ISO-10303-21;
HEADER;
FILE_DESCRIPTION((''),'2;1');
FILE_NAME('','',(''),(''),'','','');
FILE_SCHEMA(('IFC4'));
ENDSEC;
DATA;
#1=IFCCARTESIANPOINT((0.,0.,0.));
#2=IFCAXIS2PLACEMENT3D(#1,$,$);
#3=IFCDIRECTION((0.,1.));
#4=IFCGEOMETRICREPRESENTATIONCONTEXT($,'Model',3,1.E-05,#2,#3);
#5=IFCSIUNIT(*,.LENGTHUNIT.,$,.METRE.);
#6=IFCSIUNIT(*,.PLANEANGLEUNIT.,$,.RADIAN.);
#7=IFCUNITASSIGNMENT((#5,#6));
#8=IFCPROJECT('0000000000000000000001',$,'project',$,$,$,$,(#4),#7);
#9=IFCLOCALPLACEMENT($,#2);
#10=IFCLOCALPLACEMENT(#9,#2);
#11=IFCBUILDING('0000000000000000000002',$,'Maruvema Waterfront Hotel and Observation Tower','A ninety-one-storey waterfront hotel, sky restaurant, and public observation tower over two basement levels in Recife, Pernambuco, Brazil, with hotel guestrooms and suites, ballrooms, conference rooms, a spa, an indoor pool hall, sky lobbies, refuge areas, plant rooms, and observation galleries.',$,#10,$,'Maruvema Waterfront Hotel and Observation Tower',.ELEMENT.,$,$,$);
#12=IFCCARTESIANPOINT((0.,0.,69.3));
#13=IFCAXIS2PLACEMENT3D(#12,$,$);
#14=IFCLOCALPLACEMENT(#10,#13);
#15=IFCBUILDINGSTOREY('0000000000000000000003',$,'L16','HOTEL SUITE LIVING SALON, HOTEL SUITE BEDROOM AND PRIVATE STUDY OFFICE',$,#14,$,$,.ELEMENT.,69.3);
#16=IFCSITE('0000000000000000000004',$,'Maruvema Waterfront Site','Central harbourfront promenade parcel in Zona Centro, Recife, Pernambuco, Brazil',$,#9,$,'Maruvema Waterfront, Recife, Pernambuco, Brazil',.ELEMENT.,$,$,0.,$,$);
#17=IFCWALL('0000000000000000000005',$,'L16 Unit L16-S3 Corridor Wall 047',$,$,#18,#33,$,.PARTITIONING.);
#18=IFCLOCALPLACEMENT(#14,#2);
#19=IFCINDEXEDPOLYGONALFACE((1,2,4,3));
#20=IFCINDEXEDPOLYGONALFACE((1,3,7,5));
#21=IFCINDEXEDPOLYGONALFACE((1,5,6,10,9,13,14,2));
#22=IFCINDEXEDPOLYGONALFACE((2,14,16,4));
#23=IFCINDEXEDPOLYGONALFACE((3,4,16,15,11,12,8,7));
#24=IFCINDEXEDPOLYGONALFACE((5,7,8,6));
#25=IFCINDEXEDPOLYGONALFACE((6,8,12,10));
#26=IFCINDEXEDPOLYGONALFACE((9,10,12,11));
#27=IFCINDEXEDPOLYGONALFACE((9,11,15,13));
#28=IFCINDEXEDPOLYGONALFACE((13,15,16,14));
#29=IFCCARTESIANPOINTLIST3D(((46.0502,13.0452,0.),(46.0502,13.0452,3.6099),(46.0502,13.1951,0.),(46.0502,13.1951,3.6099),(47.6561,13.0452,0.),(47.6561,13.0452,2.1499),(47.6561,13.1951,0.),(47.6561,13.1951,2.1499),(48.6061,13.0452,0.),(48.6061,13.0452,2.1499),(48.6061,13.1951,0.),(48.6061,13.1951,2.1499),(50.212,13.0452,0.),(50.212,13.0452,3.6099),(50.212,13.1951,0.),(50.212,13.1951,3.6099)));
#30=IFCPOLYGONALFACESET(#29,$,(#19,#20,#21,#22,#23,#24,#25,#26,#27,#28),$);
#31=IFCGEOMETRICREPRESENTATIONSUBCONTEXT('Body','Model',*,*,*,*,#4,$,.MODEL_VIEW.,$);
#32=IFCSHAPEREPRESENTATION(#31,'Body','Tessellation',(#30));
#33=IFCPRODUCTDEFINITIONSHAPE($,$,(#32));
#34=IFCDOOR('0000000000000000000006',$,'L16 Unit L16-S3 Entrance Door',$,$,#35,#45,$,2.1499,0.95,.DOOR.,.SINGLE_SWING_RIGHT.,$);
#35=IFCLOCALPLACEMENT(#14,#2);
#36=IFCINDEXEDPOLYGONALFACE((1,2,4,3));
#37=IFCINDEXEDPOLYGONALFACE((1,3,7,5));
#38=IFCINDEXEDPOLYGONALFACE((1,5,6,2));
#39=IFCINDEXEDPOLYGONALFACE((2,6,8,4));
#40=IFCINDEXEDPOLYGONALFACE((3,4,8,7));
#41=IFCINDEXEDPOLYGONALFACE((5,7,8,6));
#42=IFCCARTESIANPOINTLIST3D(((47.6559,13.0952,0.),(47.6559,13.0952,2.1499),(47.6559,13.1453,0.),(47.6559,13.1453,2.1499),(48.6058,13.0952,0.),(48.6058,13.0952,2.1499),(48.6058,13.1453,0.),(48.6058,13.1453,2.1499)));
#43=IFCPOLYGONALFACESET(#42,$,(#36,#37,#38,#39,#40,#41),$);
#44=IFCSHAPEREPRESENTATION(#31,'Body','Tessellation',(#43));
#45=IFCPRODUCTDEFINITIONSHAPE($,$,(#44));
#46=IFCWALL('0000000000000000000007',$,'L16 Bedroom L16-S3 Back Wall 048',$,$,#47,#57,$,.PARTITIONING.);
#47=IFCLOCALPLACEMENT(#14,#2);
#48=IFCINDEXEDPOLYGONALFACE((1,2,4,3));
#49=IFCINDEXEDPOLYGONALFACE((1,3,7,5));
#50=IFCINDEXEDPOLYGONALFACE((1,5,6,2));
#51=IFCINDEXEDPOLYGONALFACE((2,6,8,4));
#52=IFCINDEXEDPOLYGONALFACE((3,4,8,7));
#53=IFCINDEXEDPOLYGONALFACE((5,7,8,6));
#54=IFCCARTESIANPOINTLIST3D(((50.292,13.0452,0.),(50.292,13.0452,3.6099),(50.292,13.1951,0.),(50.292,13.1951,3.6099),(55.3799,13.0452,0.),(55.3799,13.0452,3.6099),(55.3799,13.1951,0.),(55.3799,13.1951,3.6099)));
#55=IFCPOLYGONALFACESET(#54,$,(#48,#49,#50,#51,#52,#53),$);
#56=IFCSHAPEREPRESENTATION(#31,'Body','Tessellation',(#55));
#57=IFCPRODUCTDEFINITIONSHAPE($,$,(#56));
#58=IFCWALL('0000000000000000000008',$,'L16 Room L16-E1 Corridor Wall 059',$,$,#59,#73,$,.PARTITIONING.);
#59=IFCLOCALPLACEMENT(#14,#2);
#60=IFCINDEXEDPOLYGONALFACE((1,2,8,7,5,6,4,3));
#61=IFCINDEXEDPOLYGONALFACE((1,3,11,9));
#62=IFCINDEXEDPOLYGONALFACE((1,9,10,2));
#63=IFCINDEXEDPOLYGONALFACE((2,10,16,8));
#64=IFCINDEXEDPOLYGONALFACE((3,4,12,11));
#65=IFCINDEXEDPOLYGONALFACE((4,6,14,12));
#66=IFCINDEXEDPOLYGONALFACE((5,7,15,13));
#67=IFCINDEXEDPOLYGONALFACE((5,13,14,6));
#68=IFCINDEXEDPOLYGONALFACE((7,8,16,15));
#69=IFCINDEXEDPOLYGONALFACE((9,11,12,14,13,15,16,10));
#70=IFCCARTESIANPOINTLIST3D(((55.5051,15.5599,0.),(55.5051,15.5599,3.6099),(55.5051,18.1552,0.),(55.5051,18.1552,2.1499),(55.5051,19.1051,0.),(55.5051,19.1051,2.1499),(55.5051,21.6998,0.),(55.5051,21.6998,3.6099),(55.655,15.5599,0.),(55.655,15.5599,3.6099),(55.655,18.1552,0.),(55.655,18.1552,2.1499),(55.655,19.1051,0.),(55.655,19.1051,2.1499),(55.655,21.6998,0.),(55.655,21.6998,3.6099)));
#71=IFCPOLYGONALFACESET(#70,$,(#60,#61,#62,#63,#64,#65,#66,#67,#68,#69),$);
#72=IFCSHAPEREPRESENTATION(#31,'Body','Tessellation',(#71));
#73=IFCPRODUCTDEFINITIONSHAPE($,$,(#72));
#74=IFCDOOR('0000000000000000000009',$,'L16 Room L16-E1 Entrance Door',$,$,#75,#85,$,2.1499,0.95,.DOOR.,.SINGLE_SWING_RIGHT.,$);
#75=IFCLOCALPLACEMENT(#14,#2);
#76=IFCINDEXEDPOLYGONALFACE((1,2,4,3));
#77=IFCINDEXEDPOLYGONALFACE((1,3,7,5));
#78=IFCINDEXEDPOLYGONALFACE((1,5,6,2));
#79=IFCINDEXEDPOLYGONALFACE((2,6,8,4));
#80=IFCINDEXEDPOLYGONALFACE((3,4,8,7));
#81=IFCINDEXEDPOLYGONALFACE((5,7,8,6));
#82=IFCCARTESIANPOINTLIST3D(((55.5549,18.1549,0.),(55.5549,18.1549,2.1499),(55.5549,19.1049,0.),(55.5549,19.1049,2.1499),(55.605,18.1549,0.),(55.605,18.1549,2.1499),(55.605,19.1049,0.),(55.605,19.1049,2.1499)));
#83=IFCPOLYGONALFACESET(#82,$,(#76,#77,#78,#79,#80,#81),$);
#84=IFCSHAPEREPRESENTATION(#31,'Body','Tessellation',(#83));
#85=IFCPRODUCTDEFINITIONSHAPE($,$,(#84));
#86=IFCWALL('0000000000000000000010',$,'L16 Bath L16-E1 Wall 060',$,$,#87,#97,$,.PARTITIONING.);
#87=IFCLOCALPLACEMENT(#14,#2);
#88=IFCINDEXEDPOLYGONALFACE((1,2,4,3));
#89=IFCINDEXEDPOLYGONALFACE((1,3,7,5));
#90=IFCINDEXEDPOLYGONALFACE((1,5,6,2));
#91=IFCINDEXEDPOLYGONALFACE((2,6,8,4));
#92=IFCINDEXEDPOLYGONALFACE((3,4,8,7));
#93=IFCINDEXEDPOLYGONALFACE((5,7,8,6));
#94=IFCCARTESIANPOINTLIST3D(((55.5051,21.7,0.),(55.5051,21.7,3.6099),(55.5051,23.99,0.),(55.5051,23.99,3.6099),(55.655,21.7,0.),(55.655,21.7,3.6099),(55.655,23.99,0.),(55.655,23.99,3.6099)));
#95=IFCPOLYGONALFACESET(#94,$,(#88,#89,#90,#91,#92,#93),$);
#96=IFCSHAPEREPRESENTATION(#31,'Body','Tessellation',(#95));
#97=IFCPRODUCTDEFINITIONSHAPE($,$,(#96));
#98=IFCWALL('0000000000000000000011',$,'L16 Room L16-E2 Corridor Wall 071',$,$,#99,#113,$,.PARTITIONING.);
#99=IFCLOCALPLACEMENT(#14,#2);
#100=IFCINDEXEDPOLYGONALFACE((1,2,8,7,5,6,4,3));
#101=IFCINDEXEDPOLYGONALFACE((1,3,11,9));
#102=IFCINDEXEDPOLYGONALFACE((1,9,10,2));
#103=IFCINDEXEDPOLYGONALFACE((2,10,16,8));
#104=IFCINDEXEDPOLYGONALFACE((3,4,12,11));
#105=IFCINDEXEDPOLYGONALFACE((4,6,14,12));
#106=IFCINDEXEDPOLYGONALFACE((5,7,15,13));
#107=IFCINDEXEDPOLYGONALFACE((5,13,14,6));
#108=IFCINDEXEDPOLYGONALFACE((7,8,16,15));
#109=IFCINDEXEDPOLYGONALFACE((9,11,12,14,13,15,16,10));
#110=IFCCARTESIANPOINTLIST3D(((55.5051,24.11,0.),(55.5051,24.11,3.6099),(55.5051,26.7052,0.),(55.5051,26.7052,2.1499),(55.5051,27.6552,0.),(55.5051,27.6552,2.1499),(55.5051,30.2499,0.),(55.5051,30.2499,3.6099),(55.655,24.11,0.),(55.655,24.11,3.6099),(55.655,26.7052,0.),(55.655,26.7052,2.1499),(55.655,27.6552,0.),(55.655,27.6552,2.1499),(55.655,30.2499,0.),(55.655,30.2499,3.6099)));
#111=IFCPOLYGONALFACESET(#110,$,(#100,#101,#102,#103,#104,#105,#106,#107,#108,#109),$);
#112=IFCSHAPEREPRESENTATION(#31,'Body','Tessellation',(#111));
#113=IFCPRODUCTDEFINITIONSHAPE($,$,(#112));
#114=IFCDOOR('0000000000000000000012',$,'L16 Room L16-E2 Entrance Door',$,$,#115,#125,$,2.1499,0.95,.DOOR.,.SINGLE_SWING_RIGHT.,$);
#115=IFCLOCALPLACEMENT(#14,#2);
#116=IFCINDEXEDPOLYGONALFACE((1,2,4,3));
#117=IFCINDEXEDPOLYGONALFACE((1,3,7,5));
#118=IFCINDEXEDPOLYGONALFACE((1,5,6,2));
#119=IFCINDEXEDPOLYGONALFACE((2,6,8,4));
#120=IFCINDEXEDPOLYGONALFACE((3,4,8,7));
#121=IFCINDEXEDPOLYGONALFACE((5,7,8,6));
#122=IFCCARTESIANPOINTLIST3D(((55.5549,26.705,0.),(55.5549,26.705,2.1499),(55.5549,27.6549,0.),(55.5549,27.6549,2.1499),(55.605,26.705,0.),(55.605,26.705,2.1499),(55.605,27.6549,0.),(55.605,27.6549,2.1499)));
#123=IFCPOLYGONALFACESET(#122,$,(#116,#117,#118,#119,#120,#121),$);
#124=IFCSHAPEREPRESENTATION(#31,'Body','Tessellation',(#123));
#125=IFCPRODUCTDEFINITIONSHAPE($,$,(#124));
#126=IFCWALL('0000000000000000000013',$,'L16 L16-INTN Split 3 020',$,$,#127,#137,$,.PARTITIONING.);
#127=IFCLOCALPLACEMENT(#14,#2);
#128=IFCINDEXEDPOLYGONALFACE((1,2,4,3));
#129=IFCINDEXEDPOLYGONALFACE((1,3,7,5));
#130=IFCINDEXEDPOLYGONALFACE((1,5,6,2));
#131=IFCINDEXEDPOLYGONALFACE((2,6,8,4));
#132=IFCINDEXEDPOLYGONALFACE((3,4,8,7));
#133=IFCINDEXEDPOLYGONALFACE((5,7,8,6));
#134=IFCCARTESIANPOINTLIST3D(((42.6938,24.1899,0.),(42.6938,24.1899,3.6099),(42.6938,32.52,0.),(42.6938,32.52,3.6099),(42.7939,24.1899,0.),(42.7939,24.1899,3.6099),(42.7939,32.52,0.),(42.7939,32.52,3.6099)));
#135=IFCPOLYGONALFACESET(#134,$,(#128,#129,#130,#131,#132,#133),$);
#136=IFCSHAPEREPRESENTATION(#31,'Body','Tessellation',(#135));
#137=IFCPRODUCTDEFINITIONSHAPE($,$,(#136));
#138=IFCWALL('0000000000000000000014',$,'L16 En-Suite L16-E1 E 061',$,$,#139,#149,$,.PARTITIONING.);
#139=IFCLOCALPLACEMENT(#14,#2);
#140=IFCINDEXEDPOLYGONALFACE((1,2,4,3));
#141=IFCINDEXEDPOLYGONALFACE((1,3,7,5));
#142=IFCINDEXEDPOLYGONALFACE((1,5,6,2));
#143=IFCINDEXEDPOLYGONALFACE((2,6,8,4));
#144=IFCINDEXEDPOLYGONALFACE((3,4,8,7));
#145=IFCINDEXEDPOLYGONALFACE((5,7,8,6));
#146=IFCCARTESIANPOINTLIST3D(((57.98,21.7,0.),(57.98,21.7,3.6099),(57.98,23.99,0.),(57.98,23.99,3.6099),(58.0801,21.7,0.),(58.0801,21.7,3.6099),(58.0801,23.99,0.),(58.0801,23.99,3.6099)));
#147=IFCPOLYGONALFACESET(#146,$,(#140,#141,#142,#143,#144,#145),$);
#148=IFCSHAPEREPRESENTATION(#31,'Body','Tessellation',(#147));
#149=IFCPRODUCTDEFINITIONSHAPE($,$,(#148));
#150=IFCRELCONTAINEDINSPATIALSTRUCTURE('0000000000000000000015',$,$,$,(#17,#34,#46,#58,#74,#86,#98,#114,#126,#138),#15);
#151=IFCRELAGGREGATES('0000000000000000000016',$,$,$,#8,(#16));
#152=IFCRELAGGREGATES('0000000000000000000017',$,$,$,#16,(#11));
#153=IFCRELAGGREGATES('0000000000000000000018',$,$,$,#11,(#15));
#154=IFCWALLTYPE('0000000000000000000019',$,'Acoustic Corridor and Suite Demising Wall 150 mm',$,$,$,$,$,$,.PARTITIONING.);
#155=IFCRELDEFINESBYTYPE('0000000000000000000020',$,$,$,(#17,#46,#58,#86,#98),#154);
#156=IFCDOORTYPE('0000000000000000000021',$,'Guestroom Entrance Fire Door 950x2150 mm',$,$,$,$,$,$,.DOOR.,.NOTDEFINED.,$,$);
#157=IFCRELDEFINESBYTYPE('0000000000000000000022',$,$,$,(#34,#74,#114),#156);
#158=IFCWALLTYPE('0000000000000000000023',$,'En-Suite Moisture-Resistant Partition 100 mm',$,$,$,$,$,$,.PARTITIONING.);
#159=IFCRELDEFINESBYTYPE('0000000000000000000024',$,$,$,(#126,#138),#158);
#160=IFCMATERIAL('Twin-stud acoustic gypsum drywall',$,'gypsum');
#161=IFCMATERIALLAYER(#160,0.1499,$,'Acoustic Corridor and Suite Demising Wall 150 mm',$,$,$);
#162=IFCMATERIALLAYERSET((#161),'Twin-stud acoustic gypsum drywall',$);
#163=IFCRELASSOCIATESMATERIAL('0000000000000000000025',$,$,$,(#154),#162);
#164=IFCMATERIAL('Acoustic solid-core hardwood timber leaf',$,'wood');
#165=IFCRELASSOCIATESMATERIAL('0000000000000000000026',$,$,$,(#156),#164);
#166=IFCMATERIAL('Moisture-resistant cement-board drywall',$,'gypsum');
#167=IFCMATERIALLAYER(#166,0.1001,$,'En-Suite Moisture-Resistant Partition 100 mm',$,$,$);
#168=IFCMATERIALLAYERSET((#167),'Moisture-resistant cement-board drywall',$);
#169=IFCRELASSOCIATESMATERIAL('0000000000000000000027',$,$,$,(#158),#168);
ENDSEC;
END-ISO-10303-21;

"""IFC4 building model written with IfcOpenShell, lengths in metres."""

from ifc_helpers import new_model, si_unit, direction, frame, frame_2d, origin, place, context, subcontext, project, spatial, rectangle, extrude, material, layer, layer_set, type_object, element, fill, save


model = new_model("IFC4")

# Units and contexts
model_context = context("Model", 3, precision=1e-05, world=origin(), true_north=direction((0.0, 1.0)))
body_context = subcontext(model_context, "Body", "Model", "MODEL_VIEW")
ifc_project = project(units=[si_unit("LENGTHUNIT", "METRE"), si_unit("PLANEANGLEUNIT", "RADIAN")], contexts=[model_context])

# Site, building, storey
site_placement = place(None, origin())
site = spatial("IfcSite", under=ifc_project, at=site_placement, Name="Maruvema Waterfront Site", Description="Central harbourfront promenade parcel in Zona Centro, Recife, Pernambuco, Brazil", LongName="Maruvema Waterfront, Recife, Pernambuco, Brazil", CompositionType="ELEMENT", RefElevation=0.0)
building_placement = place(site_placement, origin())
building = spatial("IfcBuilding", under=site, at=building_placement, Name="Maruvema Waterfront Hotel and Observation Tower", Description="A ninety-one-storey waterfront hotel, sky restaurant, and public observation tower over two basement levels in Recife, Pernambuco, Brazil, with hotel guestrooms and suites, ballrooms, conference rooms, a spa, an indoor pool hall, sky lobbies, refuge areas, plant rooms, and observation galleries.", LongName="Maruvema Waterfront Hotel and Observation Tower", CompositionType="ELEMENT")
storey_placement = place(building_placement, frame((0.0, 0.0, 69.3)))
storey = spatial("IfcBuildingStorey", under=building, at=storey_placement, Name="L16", Description="HOTEL SUITE LIVING SALON, HOTEL SUITE BEDROOM AND PRIVATE STUDY OFFICE", CompositionType="ELEMENT", Elevation=69.3)

# Shared definitions
ifc_material_1 = material(Name="Twin-stud acoustic gypsum drywall", Category="gypsum")
ifc_layer_1 = layer(ifc_material_1, 0.1499, Name="Acoustic Corridor and Suite Demising Wall 150 mm")
ifc_layer_set_1 = layer_set([ifc_layer_1], Name="Twin-stud acoustic gypsum drywall")
wall_type_1 = type_object("IfcWallType", Name="Acoustic Corridor and Suite Demising Wall 150 mm", PredefinedType="PARTITIONING", material=ifc_layer_set_1)

# Wall, opening, door
wall_1_placement = place(storey_placement, frame((46.05, 13.1201, 0.0), z_axis=(0.0, 0.0, 1.0), x_axis=(1.0, 0.0, 0.0)))
wall_1 = element("IfcWall", 1, at=wall_1_placement, inside=storey, type_object=wall_type_1, Name="L16 Unit L16-S3 Corridor Wall 047", PredefinedType="PARTITIONING", context=body_context, shape_type="SweptSolid", body=[
    extrude(rectangle(XDim=4.1619, YDim=0.1499, at=frame_2d((2.0811, 0.0))), origin(), (0.0, 0.0, 1.0), 3.6099),
])
opening_1_placement = place(wall_1_placement, frame((1.606, 0.0, 0.0)))
opening_1 = element("IfcOpeningElement", 2, at=opening_1_placement, cuts=wall_1, PredefinedType="OPENING", context=body_context, shape_type="SweptSolid", body=[
    extrude(rectangle(XDim=0.95, YDim=2.1499, at=frame_2d((0.4751, 1.075))), frame((0.0, 0.085, 0.0), z_axis=(0.0, -1.0, 0.0), x_axis=(1.0, 0.0, 0.0)), (0.0, 0.0, 1.0), 0.1699),
])
ifc_material_2 = material(Name="Acoustic solid-core hardwood timber leaf", Category="wood")
door_type_1 = type_object("IfcDoorType", Name="Guestroom Entrance Fire Door 950x2150 mm", OperationType="NOTDEFINED", PredefinedType="DOOR", material=ifc_material_2)
door_1_placement = place(opening_1_placement, frame((0.95, 0.0, 0.0), z_axis=(0.0, 0.0, 1.0), x_axis=(-1.0, 0.0, 0.0)))
door_1 = element("IfcDoor", 3, at=door_1_placement, inside=storey, type_object=door_type_1, Name="L16 Unit L16-S3 Entrance Door", OperationType="SINGLE_SWING_RIGHT", OverallHeight=2.1499, OverallWidth=0.95, PredefinedType="DOOR", context=body_context, shape_type="SweptSolid", body=[
    extrude(rectangle(XDim=0.95, YDim=2.1499, at=frame_2d((0.4751, 1.075))), frame((0.0, 0.0249, 0.0), z_axis=(0.0, -1.0, 0.0), x_axis=(1.0, 0.0, 0.0)), (0.0, 0.0, 1.0), 0.05),
])
fill(opening_1, door_1)

# Wall
wall_2_placement = place(storey_placement, frame((50.292, 13.1201, 0.0), z_axis=(0.0, 0.0, 1.0), x_axis=(1.0, 0.0, 0.0)))
element("IfcWall", 4, at=wall_2_placement, inside=storey, type_object=wall_type_1, Name="L16 Bedroom L16-S3 Back Wall 048", PredefinedType="PARTITIONING", context=body_context, shape_type="SweptSolid", body=[
    extrude(rectangle(XDim=5.0879, YDim=0.1499, at=frame_2d((2.5439, 0.0))), origin(), (0.0, 0.0, 1.0), 3.6099),
])

# Wall, opening, door
wall_3_placement = place(storey_placement, frame((55.5801, 15.5601, 0.0), z_axis=(0.0, 0.0, 1.0), x_axis=(0.0, 1.0, 0.0)))
wall_3 = element("IfcWall", 5, at=wall_3_placement, inside=storey, type_object=wall_type_1, Name="L16 Room L16-E1 Corridor Wall 059", PredefinedType="PARTITIONING", context=body_context, shape_type="SweptSolid", body=[
    extrude(rectangle(XDim=6.1399, YDim=0.1499, at=frame_2d((3.0698, 0.0))), origin(), (0.0, 0.0, 1.0), 3.6099),
])
opening_2_placement = place(wall_3_placement, frame((2.595, 0.0, 0.0)))
opening_2 = element("IfcOpeningElement", 6, at=opening_2_placement, cuts=wall_3, PredefinedType="OPENING", context=body_context, shape_type="SweptSolid", body=[
    extrude(rectangle(XDim=0.95, YDim=2.1499, at=frame_2d((0.4751, 1.075))), frame((0.0, 0.085, 0.0), z_axis=(0.0, -1.0, 0.0), x_axis=(1.0, 0.0, 0.0)), (0.0, 0.0, 1.0), 0.1699),
])
door_2_placement = place(opening_2_placement, frame((0.95, 0.0, 0.0), z_axis=(0.0, 0.0, 1.0), x_axis=(-1.0, 0.0, 0.0)))
door_2 = element("IfcDoor", 7, at=door_2_placement, inside=storey, type_object=door_type_1, Name="L16 Room L16-E1 Entrance Door", OperationType="SINGLE_SWING_RIGHT", OverallHeight=2.1499, OverallWidth=0.95, PredefinedType="DOOR", context=body_context, shape_type="SweptSolid", body=[
    extrude(rectangle(XDim=0.95, YDim=2.1499, at=frame_2d((0.4751, 1.075))), frame((0.0, 0.0249, 0.0), z_axis=(0.0, -1.0, 0.0), x_axis=(1.0, 0.0, 0.0)), (0.0, 0.0, 1.0), 0.05),
])
fill(opening_2, door_2)

# Wall
wall_4_placement = place(storey_placement, frame((55.5801, 21.7, 0.0), z_axis=(0.0, 0.0, 1.0), x_axis=(0.0, 1.0, 0.0)))
element("IfcWall", 8, at=wall_4_placement, inside=storey, type_object=wall_type_1, Name="L16 Bath L16-E1 Wall 060", PredefinedType="PARTITIONING", context=body_context, shape_type="SweptSolid", body=[
    extrude(rectangle(XDim=2.29, YDim=0.1499, at=frame_2d((1.145, 0.0))), origin(), (0.0, 0.0, 1.0), 3.6099),
])

# Wall, opening, door
wall_5_placement = place(storey_placement, frame((55.5801, 24.1101, 0.0), z_axis=(0.0, 0.0, 1.0), x_axis=(0.0, 1.0, 0.0)))
wall_5 = element("IfcWall", 9, at=wall_5_placement, inside=storey, type_object=wall_type_1, Name="L16 Room L16-E2 Corridor Wall 071", PredefinedType="PARTITIONING", context=body_context, shape_type="SweptSolid", body=[
    extrude(rectangle(XDim=6.1399, YDim=0.1499, at=frame_2d((3.0698, 0.0))), origin(), (0.0, 0.0, 1.0), 3.6099),
])
opening_3_placement = place(wall_5_placement, frame((2.595, 0.0, 0.0)))
opening_3 = element("IfcOpeningElement", 10, at=opening_3_placement, cuts=wall_5, PredefinedType="OPENING", context=body_context, shape_type="SweptSolid", body=[
    extrude(rectangle(XDim=0.95, YDim=2.1499, at=frame_2d((0.4751, 1.075))), frame((0.0, 0.085, 0.0), z_axis=(0.0, -1.0, 0.0), x_axis=(1.0, 0.0, 0.0)), (0.0, 0.0, 1.0), 0.1699),
])
door_3_placement = place(opening_3_placement, frame((0.95, 0.0, 0.0), z_axis=(0.0, 0.0, 1.0), x_axis=(-1.0, 0.0, 0.0)))
door_3 = element("IfcDoor", 11, at=door_3_placement, inside=storey, type_object=door_type_1, Name="L16 Room L16-E2 Entrance Door", OperationType="SINGLE_SWING_RIGHT", OverallHeight=2.1499, OverallWidth=0.95, PredefinedType="DOOR", context=body_context, shape_type="SweptSolid", body=[
    extrude(rectangle(XDim=0.95, YDim=2.1499, at=frame_2d((0.4751, 1.075))), frame((0.0, 0.0249, 0.0), z_axis=(0.0, -1.0, 0.0), x_axis=(1.0, 0.0, 0.0)), (0.0, 0.0, 1.0), 0.05),
])
fill(opening_3, door_3)

# Walls
ifc_material_3 = material(Name="Moisture-resistant cement-board drywall", Category="gypsum")
ifc_layer_2 = layer(ifc_material_3, 0.1001, Name="En-Suite Moisture-Resistant Partition 100 mm")
ifc_layer_set_2 = layer_set([ifc_layer_2], Name="Moisture-resistant cement-board drywall")
wall_type_2 = type_object("IfcWallType", Name="En-Suite Moisture-Resistant Partition 100 mm", PredefinedType="PARTITIONING", material=ifc_layer_set_2)
wall_6_placement = place(storey_placement, frame((42.7439, 24.1899, 0.0), z_axis=(0.0, 0.0, 1.0), x_axis=(0.0, 1.0, 0.0)))
element("IfcWall", 12, at=wall_6_placement, inside=storey, type_object=wall_type_2, Name="L16 L16-INTN Split 3 020", PredefinedType="PARTITIONING", context=body_context, shape_type="SweptSolid", body=[
    extrude(rectangle(XDim=8.3301, YDim=0.1001, at=frame_2d((4.165, 0.0))), origin(), (0.0, 0.0, 1.0), 3.6099),
])
wall_7_placement = place(storey_placement, frame((58.03, 21.7, 0.0), z_axis=(0.0, 0.0, 1.0), x_axis=(0.0, 1.0, 0.0)))
element("IfcWall", 13, at=wall_7_placement, inside=storey, type_object=wall_type_2, Name="L16 En-Suite L16-E1 E 061", PredefinedType="PARTITIONING", context=body_context, shape_type="SweptSolid", body=[
    extrude(rectangle(XDim=2.29, YDim=0.1001, at=frame_2d((1.145, 0.0))), origin(), (0.0, 0.0, 1.0), 3.6099),
])

save(model, "model.ifc")
